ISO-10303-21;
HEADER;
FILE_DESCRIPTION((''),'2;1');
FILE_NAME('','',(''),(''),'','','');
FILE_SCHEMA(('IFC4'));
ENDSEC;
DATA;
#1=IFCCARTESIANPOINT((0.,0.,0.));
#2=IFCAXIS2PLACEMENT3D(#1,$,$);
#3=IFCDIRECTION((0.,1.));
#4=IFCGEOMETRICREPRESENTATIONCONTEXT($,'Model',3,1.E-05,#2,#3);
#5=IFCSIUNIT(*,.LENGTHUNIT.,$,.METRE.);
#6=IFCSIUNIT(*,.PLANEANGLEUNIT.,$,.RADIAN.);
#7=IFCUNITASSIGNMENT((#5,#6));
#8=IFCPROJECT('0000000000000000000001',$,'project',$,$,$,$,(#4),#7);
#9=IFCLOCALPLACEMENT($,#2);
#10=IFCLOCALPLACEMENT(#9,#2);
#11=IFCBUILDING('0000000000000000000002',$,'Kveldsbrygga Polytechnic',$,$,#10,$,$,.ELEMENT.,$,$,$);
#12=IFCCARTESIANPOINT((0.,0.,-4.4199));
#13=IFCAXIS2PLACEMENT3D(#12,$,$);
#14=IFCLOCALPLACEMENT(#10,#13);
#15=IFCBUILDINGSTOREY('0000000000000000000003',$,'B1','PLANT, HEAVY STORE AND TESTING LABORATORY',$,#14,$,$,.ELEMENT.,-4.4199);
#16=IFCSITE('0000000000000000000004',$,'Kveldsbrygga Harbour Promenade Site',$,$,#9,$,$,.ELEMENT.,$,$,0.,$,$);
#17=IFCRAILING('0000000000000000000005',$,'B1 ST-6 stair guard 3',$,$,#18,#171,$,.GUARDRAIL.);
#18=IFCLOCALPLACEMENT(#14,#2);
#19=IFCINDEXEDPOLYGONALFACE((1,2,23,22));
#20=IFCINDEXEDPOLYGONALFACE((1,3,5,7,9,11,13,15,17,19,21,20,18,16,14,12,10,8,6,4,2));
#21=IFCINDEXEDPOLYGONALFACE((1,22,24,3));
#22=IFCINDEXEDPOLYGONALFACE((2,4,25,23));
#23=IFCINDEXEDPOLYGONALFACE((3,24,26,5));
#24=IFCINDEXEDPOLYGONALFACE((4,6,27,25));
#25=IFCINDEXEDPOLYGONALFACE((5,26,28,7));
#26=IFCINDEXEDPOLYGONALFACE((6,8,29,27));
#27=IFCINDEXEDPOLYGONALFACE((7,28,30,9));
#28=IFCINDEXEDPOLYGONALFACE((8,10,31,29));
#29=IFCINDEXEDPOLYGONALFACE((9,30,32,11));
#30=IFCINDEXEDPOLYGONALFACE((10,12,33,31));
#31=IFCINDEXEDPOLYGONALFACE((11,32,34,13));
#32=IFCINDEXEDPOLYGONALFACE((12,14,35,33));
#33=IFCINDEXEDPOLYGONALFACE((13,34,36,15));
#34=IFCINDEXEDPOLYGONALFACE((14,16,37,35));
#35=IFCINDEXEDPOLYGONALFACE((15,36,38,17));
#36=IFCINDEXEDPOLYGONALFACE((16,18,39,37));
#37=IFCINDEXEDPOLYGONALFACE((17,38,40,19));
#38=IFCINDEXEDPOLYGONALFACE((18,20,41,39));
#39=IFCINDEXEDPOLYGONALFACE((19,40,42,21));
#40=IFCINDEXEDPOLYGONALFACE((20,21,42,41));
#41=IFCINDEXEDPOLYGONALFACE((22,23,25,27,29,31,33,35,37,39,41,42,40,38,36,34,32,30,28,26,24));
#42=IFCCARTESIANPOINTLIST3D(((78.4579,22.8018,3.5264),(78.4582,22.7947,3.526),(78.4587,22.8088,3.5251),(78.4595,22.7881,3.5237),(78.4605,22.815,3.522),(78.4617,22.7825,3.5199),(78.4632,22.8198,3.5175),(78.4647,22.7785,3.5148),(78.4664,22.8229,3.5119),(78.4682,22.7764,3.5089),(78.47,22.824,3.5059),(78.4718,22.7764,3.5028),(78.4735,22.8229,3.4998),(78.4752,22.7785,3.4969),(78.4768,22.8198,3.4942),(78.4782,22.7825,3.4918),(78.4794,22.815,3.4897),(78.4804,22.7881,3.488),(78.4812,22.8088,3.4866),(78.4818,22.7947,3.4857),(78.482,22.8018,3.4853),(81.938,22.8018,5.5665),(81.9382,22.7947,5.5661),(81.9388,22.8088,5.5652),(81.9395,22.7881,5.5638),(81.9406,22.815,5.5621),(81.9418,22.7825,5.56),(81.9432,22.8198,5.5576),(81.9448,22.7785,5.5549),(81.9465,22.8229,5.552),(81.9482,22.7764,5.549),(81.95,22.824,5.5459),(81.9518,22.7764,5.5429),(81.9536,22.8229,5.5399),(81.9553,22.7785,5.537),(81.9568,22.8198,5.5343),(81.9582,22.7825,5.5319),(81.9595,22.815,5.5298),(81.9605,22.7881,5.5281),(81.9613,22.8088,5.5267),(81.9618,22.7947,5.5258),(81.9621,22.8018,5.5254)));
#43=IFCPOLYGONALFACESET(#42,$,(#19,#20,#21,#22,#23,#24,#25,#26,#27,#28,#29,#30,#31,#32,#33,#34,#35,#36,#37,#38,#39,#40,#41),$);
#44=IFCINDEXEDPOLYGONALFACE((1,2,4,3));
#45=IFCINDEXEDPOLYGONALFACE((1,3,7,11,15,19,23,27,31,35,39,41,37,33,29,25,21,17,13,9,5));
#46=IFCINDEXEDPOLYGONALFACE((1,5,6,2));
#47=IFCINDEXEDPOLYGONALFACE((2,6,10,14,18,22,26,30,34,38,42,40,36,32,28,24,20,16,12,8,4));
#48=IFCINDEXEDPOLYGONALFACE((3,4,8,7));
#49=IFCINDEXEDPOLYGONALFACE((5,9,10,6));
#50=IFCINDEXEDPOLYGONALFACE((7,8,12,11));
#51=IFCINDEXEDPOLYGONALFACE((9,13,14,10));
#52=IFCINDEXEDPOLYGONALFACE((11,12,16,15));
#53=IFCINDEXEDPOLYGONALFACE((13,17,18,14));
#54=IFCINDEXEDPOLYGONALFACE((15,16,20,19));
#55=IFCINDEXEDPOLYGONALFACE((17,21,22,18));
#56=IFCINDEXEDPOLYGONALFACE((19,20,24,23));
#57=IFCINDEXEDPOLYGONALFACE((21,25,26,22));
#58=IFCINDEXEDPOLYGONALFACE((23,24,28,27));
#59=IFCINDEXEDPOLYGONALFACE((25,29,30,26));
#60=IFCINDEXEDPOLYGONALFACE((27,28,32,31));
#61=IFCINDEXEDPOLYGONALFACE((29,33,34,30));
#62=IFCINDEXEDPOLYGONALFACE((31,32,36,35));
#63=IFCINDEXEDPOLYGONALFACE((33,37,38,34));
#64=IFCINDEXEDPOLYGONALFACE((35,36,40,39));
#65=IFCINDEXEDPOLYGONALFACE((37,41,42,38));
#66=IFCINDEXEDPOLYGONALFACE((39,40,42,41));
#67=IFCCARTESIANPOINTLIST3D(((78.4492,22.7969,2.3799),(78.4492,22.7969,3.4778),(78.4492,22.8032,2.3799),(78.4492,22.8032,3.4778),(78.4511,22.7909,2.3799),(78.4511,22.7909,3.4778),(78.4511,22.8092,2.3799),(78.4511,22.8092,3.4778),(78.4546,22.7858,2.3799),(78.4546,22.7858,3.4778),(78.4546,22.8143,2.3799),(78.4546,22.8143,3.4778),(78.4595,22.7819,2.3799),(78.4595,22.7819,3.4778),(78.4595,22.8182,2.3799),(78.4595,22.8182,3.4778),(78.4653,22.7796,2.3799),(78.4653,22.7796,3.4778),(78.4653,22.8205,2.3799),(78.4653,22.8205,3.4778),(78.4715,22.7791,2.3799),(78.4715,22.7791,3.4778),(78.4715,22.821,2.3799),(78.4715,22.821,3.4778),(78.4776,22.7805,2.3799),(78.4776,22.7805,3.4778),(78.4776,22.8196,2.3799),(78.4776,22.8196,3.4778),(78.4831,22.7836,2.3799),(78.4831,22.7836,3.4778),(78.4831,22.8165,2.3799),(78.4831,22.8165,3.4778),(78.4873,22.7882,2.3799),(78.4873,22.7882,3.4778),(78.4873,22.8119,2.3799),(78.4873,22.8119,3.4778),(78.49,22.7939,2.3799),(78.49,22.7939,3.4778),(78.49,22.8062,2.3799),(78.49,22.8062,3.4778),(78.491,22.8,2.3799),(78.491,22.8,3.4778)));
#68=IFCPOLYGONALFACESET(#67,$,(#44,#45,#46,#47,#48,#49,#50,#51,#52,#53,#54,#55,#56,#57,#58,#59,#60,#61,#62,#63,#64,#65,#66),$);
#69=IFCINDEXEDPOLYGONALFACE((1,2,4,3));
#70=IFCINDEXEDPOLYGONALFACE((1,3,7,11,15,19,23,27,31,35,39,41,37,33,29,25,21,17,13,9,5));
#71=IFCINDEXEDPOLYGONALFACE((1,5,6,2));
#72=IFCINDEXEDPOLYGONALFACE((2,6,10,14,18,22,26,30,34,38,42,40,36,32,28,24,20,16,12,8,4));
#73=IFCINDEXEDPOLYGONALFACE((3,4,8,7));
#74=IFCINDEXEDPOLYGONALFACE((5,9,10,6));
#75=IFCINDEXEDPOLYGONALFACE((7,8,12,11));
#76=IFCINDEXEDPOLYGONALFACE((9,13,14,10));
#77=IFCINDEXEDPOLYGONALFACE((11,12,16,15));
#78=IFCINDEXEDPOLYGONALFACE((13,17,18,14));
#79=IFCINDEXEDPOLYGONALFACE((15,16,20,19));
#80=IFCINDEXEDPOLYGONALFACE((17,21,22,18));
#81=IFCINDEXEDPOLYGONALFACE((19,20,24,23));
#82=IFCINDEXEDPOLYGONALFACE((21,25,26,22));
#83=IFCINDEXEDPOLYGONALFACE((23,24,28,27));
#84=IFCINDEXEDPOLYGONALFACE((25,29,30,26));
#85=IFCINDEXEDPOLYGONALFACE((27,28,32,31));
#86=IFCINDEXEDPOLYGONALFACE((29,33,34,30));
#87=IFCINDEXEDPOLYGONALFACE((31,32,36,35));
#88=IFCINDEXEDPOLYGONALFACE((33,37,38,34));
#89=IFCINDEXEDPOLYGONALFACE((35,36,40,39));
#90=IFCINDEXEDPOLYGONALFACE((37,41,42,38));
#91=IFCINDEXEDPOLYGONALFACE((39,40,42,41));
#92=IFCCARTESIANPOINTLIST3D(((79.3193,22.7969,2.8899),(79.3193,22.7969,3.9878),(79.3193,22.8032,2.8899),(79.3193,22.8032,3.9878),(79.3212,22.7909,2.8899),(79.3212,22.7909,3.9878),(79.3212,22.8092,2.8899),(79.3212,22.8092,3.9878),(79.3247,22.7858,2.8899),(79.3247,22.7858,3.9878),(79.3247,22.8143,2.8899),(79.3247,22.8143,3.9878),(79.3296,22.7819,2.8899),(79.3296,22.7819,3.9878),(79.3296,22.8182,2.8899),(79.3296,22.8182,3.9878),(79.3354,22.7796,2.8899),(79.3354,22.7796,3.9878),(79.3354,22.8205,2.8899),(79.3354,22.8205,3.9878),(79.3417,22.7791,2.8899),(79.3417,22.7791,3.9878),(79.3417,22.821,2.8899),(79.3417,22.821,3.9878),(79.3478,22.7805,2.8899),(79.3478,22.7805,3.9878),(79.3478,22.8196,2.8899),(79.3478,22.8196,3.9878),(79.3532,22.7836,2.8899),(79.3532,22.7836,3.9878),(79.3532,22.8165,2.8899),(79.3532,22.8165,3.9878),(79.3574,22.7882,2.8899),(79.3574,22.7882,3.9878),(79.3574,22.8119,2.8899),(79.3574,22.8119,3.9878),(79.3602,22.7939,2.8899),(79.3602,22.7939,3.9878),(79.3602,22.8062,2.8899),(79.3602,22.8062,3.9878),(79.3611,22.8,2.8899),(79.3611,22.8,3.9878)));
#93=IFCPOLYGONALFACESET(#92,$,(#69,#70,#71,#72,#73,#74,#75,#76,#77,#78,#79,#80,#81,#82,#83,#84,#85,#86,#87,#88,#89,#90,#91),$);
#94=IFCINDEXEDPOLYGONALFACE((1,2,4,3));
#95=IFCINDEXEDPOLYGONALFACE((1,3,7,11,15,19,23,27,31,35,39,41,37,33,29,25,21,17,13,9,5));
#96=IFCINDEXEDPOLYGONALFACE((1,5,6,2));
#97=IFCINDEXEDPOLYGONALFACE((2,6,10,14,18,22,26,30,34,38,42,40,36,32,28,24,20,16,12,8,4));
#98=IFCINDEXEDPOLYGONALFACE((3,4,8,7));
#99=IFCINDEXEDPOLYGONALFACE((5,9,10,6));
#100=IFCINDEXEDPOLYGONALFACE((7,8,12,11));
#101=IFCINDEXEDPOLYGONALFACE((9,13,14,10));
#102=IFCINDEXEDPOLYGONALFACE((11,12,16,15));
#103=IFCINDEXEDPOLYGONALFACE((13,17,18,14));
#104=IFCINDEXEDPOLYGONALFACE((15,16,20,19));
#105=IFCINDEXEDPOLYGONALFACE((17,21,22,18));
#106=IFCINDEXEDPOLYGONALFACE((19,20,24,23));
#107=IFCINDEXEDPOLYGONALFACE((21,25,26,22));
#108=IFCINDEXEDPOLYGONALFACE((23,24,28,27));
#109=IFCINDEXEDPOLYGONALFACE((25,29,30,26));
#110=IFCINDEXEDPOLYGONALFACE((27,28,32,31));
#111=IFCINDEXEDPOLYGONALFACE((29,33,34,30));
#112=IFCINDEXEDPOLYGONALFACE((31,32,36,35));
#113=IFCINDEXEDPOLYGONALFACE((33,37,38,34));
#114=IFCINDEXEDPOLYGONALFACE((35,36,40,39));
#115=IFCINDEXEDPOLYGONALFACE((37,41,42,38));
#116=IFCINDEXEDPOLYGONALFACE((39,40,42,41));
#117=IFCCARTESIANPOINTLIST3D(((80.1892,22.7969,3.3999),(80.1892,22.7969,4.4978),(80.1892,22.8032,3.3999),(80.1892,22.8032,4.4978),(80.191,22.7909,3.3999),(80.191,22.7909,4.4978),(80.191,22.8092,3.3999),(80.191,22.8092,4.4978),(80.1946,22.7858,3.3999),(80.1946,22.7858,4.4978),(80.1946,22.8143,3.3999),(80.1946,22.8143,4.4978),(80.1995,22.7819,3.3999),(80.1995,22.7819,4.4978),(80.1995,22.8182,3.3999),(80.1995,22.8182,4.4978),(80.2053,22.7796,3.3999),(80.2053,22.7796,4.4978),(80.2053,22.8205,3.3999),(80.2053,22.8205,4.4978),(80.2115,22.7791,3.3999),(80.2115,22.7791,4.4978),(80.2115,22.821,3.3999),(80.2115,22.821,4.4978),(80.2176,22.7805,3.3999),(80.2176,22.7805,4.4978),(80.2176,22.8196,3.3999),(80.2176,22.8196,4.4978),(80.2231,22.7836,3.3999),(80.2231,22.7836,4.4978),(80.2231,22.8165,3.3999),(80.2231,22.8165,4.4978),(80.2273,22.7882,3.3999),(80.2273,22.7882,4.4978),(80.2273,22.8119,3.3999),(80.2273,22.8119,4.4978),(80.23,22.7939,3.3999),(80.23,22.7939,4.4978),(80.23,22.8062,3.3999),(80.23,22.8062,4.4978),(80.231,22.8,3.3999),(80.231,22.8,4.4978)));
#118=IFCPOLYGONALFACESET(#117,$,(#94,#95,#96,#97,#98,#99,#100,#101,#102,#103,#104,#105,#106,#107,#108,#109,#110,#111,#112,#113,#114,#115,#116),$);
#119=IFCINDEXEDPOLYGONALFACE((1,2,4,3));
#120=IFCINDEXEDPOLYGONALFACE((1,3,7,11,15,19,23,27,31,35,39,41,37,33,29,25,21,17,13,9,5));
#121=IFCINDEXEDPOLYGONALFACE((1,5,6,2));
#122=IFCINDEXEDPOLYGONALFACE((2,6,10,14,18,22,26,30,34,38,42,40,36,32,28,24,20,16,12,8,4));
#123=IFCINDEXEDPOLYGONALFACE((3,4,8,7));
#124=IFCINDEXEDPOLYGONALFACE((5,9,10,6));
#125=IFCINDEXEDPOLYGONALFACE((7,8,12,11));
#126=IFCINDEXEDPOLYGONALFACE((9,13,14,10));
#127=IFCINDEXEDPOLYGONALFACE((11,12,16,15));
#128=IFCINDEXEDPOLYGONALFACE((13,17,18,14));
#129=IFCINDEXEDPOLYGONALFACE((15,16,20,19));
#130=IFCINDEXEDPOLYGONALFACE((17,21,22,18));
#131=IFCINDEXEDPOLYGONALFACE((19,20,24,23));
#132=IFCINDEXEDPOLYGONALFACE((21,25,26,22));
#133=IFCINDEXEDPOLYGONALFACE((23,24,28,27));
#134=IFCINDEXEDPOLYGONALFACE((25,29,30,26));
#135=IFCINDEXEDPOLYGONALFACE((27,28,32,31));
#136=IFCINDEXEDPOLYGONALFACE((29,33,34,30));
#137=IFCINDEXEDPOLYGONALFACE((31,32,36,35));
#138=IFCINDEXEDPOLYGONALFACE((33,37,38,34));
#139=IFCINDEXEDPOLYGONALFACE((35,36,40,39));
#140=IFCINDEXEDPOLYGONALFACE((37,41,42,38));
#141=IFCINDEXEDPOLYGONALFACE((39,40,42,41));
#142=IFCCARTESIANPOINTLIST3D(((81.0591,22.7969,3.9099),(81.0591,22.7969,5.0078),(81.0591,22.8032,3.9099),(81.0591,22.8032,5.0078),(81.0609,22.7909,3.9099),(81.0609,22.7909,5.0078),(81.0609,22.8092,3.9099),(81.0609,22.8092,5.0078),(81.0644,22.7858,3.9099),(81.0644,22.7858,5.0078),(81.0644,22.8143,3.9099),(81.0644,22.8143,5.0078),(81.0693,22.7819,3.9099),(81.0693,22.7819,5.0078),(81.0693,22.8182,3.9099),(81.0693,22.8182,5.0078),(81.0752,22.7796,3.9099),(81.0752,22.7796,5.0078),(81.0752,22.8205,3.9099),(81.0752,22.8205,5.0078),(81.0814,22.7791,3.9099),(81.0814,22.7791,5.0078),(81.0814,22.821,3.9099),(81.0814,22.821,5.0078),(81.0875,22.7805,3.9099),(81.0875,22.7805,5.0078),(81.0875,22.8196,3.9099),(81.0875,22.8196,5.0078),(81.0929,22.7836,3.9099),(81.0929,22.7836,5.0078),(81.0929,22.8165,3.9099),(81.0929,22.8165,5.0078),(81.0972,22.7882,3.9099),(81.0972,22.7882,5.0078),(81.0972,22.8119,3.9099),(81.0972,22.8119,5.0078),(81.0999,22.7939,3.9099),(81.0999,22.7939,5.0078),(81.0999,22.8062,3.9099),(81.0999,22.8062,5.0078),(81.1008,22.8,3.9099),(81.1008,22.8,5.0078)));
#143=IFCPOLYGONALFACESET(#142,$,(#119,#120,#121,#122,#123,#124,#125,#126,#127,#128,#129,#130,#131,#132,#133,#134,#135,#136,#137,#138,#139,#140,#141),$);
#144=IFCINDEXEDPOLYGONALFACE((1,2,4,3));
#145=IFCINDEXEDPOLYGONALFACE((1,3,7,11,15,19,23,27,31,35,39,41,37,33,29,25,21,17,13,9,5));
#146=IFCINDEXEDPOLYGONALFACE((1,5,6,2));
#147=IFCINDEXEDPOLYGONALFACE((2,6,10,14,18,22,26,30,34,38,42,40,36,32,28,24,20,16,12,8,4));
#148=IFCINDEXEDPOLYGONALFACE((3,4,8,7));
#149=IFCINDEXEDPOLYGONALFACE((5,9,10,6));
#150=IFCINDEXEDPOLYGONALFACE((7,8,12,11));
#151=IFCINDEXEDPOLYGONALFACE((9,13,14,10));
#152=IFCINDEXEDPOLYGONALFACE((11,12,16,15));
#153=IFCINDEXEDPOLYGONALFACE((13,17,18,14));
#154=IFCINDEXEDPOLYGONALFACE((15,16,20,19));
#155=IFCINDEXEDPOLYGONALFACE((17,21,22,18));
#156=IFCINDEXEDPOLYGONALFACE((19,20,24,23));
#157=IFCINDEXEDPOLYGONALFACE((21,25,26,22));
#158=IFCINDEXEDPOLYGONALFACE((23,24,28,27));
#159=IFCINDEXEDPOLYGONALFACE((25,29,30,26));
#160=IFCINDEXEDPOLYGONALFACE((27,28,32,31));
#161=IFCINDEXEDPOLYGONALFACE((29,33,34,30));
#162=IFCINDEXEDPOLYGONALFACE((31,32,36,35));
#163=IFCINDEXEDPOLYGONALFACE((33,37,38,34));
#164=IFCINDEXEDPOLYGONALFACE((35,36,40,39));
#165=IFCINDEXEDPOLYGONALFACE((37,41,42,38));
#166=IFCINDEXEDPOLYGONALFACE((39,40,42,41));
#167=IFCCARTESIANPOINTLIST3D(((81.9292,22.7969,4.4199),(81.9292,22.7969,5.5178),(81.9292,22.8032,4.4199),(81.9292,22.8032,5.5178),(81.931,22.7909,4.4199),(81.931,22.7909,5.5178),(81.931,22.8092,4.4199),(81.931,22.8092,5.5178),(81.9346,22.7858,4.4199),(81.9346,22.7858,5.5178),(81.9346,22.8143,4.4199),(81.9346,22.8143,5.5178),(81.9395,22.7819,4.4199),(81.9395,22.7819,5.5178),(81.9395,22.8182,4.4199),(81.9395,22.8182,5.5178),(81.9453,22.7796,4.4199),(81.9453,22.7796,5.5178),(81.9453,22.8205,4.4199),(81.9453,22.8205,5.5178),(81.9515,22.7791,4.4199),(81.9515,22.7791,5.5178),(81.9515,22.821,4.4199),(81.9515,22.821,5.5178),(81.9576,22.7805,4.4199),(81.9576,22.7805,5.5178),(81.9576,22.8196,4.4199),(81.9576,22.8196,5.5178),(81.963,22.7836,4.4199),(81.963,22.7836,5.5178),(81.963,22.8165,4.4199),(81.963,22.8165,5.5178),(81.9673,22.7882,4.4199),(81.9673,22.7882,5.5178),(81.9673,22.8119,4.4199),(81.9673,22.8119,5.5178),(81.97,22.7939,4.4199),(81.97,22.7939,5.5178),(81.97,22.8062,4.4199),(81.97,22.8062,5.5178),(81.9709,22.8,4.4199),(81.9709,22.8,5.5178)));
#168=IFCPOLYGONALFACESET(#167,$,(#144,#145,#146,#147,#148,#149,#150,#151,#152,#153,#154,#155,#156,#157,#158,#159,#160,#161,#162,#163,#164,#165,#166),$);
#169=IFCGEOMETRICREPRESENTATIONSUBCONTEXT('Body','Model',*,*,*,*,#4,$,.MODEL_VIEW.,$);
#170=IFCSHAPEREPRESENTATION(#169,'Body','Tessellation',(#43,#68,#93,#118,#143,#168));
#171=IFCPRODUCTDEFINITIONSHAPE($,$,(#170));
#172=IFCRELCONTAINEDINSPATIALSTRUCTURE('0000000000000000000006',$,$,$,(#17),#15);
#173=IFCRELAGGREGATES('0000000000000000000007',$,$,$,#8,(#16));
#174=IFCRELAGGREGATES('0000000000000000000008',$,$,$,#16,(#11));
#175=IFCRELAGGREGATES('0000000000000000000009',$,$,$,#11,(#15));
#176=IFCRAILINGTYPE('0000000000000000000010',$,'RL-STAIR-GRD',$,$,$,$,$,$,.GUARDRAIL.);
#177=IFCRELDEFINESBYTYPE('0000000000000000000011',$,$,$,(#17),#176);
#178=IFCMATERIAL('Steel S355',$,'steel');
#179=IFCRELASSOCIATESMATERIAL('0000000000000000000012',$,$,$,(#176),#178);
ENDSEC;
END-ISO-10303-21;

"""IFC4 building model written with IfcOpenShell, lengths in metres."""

from ifc_helpers import new_model, si_unit, direction, frame, origin, origin_2d, place, context, subcontext, project, spatial, circle, extrude, material, type_object, element, save


model = new_model("IFC4")

# Units and contexts
model_context = context("Model", 3, precision=1e-05, world=origin(), true_north=direction((0.0, 1.0)))
body_context = subcontext(model_context, "Body", "Model", "MODEL_VIEW")
ifc_project = project(units=[si_unit("LENGTHUNIT", "METRE"), si_unit("PLANEANGLEUNIT", "RADIAN")], contexts=[model_context])

# Site, building, storey
site_placement = place(None, origin())
site = spatial("IfcSite", under=ifc_project, at=site_placement, Name="Kveldsbrygga Harbour Promenade Site", CompositionType="ELEMENT", RefElevation=0.0)
building_placement = place(site_placement, origin())
building = spatial("IfcBuilding", under=site, at=building_placement, Name="Kveldsbrygga Polytechnic", CompositionType="ELEMENT")
storey_placement = place(building_placement, frame((0.0, 0.0, -4.4199)))
storey = spatial("IfcBuildingStorey", under=building, at=storey_placement, Name="B1", Description="PLANT, HEAVY STORE AND TESTING LABORATORY", CompositionType="ELEMENT", Elevation=-4.4199)

# Railing
ifc_material_1 = material(Name="Steel S355", Category="steel")
railing_type_1 = type_object("IfcRailingType", Name="RL-STAIR-GRD", PredefinedType="GUARDRAIL", material=ifc_material_1)
railing_1_placement = place(storey_placement, frame((78.47, 22.8, 2.3799)))
element("IfcRailing", 1, at=railing_1_placement, inside=storey, type_object=railing_type_1, Name="B1 ST-6 stair guard 3", PredefinedType="GUARDRAIL", context=body_context, shape_type="SweptSolid", body=[
    extrude(circle(Radius=0.0239, at=origin_2d()), frame((0.0, 0.0, 1.126), z_axis=(0.862693, 0.0, 0.505729), x_axis=(0.0, 1.0, 0.0)), (0.0, 0.0, 1.0), 4.0339),
    extrude(circle(Radius=0.021, at=origin_2d()), origin(), (0.0, 0.0, 1.0), 1.0979),
    extrude(circle(Radius=0.021, at=origin_2d()), frame((0.8701, 0.0, 0.51)), (0.0, 0.0, 1.0), 1.0979),
    extrude(circle(Radius=0.021, at=origin_2d()), frame((1.74, 0.0, 1.02)), (0.0, 0.0, 1.0), 1.0979),
    extrude(circle(Radius=0.021, at=origin_2d()), frame((2.6099, 0.0, 1.53)), (0.0, 0.0, 1.0), 1.0979),
    extrude(circle(Radius=0.021, at=origin_2d()), frame((3.48, 0.0, 2.04)), (0.0, 0.0, 1.0), 1.0979),
])

save(model, "model.ifc")
